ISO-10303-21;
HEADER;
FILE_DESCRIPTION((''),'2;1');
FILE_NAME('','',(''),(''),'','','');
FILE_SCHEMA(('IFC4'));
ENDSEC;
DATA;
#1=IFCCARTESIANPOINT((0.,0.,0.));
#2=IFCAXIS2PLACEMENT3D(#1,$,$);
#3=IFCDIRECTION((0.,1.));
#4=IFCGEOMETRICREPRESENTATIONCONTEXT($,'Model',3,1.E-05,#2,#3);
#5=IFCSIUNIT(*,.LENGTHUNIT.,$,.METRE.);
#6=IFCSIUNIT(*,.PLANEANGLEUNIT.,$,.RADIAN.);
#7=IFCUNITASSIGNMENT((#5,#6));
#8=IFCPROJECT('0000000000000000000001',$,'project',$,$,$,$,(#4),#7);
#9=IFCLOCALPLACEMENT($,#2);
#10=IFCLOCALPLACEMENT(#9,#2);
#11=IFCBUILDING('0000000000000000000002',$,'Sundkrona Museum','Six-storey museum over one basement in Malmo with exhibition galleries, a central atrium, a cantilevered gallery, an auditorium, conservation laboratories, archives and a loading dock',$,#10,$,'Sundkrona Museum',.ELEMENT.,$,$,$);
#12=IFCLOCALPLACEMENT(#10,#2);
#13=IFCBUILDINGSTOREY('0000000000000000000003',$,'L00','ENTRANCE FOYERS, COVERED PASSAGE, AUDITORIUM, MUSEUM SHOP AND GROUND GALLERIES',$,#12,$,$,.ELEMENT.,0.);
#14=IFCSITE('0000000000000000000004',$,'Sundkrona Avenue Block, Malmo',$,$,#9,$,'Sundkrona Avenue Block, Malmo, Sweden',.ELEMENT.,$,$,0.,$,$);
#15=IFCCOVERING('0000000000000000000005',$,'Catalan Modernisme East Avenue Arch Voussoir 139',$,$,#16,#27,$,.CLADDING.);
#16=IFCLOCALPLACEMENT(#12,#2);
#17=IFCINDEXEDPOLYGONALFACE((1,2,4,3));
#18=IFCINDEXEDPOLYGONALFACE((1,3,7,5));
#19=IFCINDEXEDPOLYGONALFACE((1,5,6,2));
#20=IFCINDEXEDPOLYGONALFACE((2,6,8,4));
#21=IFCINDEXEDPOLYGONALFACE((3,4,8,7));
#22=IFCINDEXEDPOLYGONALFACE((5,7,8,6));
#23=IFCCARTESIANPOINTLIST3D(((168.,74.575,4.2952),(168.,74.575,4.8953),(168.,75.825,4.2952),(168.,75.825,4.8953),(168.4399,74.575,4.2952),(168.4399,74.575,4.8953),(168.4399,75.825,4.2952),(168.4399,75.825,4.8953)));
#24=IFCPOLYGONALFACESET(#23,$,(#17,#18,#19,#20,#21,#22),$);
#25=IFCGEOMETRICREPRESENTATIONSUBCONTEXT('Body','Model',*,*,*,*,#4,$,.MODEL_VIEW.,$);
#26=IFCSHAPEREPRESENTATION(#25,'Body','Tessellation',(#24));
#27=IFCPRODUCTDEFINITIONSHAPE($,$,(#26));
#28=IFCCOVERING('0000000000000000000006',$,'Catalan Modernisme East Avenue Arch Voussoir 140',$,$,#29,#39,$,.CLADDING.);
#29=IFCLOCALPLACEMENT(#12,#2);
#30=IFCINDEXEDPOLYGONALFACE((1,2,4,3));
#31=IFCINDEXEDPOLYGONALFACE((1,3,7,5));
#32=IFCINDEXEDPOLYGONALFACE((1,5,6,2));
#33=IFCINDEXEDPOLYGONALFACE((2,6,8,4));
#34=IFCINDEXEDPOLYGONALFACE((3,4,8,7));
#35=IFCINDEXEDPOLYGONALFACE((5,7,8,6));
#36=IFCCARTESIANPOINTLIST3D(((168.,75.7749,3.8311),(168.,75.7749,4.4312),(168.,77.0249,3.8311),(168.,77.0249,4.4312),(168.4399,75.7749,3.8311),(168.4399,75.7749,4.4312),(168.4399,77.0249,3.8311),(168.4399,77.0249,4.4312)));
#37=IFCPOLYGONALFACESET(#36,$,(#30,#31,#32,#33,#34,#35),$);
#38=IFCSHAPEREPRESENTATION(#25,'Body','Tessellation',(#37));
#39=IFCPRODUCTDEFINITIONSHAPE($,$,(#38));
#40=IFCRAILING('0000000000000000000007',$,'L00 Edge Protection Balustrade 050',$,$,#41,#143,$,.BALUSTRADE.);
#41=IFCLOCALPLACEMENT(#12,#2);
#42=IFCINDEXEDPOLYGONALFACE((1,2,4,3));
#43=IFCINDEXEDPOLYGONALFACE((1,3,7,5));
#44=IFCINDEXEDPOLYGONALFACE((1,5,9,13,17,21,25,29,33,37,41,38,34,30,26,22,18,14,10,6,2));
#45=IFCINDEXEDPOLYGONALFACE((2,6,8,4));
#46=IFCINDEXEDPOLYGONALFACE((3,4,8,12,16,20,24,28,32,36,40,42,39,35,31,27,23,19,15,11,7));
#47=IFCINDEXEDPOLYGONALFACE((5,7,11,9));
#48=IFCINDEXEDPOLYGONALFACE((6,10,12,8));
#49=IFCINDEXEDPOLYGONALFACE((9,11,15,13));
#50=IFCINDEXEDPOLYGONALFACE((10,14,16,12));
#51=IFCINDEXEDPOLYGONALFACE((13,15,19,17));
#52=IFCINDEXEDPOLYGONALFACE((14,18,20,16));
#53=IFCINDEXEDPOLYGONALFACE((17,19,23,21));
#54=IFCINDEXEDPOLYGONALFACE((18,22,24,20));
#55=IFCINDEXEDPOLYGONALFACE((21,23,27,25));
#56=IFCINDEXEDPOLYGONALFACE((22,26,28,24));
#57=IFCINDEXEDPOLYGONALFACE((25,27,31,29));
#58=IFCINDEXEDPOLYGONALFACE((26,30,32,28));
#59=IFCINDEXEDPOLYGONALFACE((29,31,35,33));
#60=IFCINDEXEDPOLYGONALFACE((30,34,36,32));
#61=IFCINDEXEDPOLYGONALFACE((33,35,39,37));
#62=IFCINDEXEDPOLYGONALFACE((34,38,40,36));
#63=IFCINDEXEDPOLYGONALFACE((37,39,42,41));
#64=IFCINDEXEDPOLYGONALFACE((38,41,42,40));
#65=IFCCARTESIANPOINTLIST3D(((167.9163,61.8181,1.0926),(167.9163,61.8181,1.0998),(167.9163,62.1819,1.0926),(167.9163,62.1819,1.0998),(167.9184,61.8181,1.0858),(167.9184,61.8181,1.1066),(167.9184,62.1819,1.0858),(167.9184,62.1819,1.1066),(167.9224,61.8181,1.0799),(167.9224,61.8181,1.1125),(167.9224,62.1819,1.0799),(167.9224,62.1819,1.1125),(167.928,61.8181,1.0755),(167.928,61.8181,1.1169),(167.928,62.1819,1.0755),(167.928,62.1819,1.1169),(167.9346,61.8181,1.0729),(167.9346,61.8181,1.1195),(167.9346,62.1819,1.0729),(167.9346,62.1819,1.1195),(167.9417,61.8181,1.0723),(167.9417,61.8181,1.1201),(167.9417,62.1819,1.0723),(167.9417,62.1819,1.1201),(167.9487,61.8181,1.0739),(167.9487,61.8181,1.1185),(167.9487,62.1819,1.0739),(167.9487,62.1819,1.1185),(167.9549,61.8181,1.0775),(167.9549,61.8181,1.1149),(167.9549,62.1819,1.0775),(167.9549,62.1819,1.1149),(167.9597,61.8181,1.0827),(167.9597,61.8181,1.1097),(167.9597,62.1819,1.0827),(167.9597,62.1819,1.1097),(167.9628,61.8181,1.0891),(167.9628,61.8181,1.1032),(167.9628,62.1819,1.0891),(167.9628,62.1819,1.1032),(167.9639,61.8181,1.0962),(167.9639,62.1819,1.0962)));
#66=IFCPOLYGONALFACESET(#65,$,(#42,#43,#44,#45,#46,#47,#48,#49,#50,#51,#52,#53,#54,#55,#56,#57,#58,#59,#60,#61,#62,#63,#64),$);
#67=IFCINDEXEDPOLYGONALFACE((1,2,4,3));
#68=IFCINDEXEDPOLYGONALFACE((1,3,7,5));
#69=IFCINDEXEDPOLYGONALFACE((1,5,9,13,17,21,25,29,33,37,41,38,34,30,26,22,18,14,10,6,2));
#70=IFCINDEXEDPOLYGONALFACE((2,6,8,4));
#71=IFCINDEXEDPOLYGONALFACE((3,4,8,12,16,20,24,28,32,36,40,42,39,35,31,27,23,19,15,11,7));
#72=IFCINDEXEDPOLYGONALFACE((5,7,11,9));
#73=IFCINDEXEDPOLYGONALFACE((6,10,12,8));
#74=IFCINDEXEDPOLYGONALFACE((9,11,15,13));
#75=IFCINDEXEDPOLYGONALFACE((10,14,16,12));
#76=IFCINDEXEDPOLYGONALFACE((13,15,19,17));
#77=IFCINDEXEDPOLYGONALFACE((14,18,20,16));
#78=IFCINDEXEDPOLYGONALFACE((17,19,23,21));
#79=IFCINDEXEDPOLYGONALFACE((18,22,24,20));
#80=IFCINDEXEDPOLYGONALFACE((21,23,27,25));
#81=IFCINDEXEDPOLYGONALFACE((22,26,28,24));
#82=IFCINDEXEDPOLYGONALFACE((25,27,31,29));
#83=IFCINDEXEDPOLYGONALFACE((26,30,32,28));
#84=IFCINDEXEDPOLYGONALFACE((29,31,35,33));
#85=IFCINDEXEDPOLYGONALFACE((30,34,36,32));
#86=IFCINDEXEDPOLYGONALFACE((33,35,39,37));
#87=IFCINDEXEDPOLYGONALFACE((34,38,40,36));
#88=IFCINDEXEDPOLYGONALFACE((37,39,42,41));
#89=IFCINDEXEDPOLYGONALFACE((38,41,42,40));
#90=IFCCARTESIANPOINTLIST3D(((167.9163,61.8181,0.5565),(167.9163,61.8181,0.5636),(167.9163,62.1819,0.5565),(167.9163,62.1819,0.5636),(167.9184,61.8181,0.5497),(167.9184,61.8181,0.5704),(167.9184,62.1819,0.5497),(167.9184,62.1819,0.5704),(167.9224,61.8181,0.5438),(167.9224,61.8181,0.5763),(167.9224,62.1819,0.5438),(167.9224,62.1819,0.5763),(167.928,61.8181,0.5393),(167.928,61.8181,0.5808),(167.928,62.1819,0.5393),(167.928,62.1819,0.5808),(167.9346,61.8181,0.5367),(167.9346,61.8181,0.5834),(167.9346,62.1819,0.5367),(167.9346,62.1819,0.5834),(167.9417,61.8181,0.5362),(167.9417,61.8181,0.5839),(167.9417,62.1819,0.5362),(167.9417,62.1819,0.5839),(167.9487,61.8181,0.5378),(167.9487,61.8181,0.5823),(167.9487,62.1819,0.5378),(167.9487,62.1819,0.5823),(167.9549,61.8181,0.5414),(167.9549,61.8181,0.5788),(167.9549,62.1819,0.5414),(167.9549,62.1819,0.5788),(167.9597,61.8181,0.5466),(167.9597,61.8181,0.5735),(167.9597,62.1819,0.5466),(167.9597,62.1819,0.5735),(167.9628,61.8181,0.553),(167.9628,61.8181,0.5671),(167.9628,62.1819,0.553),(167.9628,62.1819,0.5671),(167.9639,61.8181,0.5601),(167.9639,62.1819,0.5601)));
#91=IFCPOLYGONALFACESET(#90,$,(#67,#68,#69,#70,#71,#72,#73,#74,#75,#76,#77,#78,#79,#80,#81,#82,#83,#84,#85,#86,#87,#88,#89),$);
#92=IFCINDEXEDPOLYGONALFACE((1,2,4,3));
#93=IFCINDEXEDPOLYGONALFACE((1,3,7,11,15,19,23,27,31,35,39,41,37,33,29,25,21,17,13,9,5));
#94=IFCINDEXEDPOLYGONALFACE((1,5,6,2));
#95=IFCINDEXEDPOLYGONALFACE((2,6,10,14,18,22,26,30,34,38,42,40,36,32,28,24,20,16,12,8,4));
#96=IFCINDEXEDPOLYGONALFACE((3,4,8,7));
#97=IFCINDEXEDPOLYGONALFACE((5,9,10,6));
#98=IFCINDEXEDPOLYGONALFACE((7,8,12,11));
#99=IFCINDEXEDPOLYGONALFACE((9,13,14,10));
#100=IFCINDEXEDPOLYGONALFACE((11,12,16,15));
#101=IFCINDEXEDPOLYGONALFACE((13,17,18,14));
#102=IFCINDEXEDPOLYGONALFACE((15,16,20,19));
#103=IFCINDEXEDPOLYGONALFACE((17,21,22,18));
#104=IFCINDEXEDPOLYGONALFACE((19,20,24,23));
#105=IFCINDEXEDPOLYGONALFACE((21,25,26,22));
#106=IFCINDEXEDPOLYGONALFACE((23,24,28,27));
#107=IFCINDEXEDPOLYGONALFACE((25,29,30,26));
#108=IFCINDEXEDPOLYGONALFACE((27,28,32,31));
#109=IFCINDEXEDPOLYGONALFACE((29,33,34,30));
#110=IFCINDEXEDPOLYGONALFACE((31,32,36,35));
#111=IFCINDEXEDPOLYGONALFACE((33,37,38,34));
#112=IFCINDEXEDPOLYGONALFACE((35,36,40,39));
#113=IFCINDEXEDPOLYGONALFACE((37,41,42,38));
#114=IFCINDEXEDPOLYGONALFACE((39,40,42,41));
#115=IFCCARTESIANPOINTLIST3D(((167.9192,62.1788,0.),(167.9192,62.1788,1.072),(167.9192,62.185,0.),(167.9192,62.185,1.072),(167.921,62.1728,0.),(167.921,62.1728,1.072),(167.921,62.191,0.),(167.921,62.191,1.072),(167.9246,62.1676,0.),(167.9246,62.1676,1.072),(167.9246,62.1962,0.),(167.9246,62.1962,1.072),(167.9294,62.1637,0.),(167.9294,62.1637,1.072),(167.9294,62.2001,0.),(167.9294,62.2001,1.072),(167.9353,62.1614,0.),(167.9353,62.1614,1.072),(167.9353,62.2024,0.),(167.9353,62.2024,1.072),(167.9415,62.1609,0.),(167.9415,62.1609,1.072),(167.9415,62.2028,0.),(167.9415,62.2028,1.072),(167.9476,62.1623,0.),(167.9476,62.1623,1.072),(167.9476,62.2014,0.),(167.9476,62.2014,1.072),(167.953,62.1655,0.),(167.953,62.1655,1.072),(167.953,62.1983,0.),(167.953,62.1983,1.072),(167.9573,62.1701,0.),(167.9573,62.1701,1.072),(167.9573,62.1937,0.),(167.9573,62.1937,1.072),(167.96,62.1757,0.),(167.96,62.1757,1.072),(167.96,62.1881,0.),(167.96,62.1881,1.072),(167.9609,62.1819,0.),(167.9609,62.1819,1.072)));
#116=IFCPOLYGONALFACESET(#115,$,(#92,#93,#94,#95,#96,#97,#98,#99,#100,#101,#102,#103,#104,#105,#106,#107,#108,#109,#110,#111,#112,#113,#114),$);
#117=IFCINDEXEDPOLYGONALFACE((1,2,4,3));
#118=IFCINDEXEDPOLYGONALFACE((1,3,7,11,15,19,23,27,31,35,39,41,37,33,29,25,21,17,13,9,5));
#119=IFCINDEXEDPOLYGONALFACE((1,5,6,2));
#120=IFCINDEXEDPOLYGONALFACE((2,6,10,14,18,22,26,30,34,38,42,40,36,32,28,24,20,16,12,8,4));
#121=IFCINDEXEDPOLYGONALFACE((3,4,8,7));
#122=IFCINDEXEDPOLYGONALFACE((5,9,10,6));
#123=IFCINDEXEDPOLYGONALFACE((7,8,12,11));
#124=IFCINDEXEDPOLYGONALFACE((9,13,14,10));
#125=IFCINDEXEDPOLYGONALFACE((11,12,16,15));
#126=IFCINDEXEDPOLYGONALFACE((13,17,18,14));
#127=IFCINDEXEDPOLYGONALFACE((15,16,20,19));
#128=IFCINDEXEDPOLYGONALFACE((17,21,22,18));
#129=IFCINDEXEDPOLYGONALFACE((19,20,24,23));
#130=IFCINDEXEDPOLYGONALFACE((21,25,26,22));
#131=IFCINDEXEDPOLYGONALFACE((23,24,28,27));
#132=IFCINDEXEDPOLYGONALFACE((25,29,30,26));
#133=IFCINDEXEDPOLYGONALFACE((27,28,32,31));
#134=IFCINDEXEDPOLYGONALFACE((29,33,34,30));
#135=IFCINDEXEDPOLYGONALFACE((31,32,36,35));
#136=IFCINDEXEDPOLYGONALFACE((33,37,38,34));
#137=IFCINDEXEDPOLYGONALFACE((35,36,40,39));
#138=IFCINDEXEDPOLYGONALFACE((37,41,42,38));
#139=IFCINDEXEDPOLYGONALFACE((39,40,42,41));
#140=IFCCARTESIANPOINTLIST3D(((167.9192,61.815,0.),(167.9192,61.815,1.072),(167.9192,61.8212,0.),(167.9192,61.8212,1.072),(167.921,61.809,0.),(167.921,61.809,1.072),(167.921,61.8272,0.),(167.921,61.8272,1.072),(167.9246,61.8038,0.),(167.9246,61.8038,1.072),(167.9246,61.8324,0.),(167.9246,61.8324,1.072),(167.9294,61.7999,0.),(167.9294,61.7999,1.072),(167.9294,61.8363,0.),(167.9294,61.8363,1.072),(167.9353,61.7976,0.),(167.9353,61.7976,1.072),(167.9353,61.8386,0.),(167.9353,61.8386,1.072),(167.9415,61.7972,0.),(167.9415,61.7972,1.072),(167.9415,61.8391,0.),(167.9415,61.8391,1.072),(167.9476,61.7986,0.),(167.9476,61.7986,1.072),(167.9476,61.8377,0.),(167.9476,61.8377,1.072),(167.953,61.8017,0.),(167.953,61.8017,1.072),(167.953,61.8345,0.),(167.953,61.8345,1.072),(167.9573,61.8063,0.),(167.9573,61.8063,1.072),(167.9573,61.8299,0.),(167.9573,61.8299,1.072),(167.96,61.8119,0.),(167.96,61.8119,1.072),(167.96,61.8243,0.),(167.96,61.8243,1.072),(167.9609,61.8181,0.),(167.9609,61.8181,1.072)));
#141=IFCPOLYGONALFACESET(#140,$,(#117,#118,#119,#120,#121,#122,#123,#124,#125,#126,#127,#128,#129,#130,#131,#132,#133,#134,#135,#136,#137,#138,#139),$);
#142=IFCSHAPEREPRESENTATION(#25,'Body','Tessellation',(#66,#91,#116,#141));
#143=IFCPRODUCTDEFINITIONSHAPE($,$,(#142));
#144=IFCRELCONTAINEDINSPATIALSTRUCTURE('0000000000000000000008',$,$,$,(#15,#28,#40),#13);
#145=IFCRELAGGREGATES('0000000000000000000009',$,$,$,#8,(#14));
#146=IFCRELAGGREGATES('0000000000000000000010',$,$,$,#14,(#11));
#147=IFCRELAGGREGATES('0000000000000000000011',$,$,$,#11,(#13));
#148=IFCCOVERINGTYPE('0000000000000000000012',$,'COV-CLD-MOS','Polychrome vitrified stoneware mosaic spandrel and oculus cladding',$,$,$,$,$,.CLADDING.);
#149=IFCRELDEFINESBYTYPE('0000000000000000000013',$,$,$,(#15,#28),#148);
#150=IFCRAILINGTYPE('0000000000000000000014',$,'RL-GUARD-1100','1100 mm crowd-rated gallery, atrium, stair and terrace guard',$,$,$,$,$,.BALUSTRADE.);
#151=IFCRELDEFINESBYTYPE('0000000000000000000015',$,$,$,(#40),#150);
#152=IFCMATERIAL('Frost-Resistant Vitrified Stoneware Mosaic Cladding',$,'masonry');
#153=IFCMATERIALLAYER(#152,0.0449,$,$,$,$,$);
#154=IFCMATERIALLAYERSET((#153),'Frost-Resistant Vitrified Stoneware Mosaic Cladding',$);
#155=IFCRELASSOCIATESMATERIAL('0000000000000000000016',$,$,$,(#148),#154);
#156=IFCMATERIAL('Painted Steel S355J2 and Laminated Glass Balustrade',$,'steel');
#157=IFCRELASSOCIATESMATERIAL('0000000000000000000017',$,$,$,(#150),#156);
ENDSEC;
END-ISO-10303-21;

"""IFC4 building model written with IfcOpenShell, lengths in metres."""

from ifc_helpers import new_model, si_unit, direction, frame, origin, origin_2d, place, context, subcontext, project, spatial, rectangle, circle, extrude, material, layer, layer_set, type_object, element, save


model = new_model("IFC4")

# Units and contexts
model_context = context("Model", 3, precision=1e-05, world=origin(), true_north=direction((0.0, 1.0)))
body_context = subcontext(model_context, "Body", "Model", "MODEL_VIEW")
ifc_project = project(units=[si_unit("LENGTHUNIT", "METRE"), si_unit("PLANEANGLEUNIT", "RADIAN")], contexts=[model_context])

# Site, building, storey
site_placement = place(None, origin())
site = spatial("IfcSite", under=ifc_project, at=site_placement, Name="Sundkrona Avenue Block, Malmo", LongName="Sundkrona Avenue Block, Malmo, Sweden", CompositionType="ELEMENT", RefElevation=0.0)
building_placement = place(site_placement, origin())
building = spatial("IfcBuilding", under=site, at=building_placement, Name="Sundkrona Museum", Description="Six-storey museum over one basement in Malmo with exhibition galleries, a central atrium, a cantilevered gallery, an auditorium, conservation laboratories, archives and a loading dock", LongName="Sundkrona Museum", CompositionType="ELEMENT")
storey_placement = place(building_placement, origin())
storey = spatial("IfcBuildingStorey", under=building, at=storey_placement, Name="L00", Description="ENTRANCE FOYERS, COVERED PASSAGE, AUDITORIUM, MUSEUM SHOP AND GROUND GALLERIES", CompositionType="ELEMENT", Elevation=0.0)

# Coverings
ifc_material_1 = material(Name="Frost-Resistant Vitrified Stoneware Mosaic Cladding", Category="masonry")
ifc_layer_1 = layer(ifc_material_1, 0.0449)
ifc_layer_set_1 = layer_set([ifc_layer_1], Name="Frost-Resistant Vitrified Stoneware Mosaic Cladding")
covering_type = type_object("IfcCoveringType", Name="COV-CLD-MOS", Description="Polychrome vitrified stoneware mosaic spandrel and oculus cladding", PredefinedType="CLADDING", material=ifc_layer_set_1)
for number, where, z_axis, x_axis, name in (
    (1, (168.22, 75.2, 4.2952), (0.0, 0.0, 1.0), (1.0, 0.0, 0.0), "Catalan Modernisme East Avenue Arch Voussoir 139"),
    (2, (168.22, 76.3999, 3.8311), (0.0, 0.0, 1.0), (1.0, 0.0, 0.0), "Catalan Modernisme East Avenue Arch Voussoir 140"),
):
    element("IfcCovering", number, at=place(storey_placement, frame(where, z_axis=z_axis, x_axis=x_axis)), inside=storey, type_object=covering_type, Name=name, PredefinedType="CLADDING", context=body_context, shape_type="SweptSolid", body=[
        extrude(rectangle(XDim=0.4399, YDim=1.25, at=origin_2d()), origin(), (0.0, 0.0, 1.0), 0.6001),
    ])

# Railing
ifc_material_2 = material(Name="Painted Steel S355J2 and Laminated Glass Balustrade", Category="steel")
railing_type = type_object("IfcRailingType", Name="RL-GUARD-1100", Description="1100 mm crowd-rated gallery, atrium, stair and terrace guard", PredefinedType="BALUSTRADE", material=ifc_material_2)
for number, where, name in (
    (3, (167.9399, 62.1819, 0.0), "L00 Edge Protection Balustrade 050"),
):
    element("IfcRailing", number, at=place(storey_placement, frame(where)), inside=storey, type_object=railing_type, Name=name, PredefinedType="BALUSTRADE", context=body_context, shape_type="SweptSolid", body=[
        extrude(circle(Radius=0.0239, at=origin_2d()), frame((0.0, 0.0, 1.0962), z_axis=(0.0, -1.0, 0.0), x_axis=(1.0, 0.0, 0.0)), (0.0, 0.0, 1.0), 0.3638),
        extrude(circle(Radius=0.0239, at=origin_2d()), frame((0.0, 0.0, 0.5601), z_axis=(0.0, -1.0, 0.0), x_axis=(1.0, 0.0, 0.0)), (0.0, 0.0, 1.0), 0.3638),
        extrude(circle(Radius=0.021, at=origin_2d()), origin(), (0.0, 0.0, 1.0), 1.072),
        extrude(circle(Radius=0.021, at=origin_2d()), frame((0.0, -0.3638, 0.0)), (0.0, 0.0, 1.0), 1.072),
    ])

save(model, "model.ifc")
